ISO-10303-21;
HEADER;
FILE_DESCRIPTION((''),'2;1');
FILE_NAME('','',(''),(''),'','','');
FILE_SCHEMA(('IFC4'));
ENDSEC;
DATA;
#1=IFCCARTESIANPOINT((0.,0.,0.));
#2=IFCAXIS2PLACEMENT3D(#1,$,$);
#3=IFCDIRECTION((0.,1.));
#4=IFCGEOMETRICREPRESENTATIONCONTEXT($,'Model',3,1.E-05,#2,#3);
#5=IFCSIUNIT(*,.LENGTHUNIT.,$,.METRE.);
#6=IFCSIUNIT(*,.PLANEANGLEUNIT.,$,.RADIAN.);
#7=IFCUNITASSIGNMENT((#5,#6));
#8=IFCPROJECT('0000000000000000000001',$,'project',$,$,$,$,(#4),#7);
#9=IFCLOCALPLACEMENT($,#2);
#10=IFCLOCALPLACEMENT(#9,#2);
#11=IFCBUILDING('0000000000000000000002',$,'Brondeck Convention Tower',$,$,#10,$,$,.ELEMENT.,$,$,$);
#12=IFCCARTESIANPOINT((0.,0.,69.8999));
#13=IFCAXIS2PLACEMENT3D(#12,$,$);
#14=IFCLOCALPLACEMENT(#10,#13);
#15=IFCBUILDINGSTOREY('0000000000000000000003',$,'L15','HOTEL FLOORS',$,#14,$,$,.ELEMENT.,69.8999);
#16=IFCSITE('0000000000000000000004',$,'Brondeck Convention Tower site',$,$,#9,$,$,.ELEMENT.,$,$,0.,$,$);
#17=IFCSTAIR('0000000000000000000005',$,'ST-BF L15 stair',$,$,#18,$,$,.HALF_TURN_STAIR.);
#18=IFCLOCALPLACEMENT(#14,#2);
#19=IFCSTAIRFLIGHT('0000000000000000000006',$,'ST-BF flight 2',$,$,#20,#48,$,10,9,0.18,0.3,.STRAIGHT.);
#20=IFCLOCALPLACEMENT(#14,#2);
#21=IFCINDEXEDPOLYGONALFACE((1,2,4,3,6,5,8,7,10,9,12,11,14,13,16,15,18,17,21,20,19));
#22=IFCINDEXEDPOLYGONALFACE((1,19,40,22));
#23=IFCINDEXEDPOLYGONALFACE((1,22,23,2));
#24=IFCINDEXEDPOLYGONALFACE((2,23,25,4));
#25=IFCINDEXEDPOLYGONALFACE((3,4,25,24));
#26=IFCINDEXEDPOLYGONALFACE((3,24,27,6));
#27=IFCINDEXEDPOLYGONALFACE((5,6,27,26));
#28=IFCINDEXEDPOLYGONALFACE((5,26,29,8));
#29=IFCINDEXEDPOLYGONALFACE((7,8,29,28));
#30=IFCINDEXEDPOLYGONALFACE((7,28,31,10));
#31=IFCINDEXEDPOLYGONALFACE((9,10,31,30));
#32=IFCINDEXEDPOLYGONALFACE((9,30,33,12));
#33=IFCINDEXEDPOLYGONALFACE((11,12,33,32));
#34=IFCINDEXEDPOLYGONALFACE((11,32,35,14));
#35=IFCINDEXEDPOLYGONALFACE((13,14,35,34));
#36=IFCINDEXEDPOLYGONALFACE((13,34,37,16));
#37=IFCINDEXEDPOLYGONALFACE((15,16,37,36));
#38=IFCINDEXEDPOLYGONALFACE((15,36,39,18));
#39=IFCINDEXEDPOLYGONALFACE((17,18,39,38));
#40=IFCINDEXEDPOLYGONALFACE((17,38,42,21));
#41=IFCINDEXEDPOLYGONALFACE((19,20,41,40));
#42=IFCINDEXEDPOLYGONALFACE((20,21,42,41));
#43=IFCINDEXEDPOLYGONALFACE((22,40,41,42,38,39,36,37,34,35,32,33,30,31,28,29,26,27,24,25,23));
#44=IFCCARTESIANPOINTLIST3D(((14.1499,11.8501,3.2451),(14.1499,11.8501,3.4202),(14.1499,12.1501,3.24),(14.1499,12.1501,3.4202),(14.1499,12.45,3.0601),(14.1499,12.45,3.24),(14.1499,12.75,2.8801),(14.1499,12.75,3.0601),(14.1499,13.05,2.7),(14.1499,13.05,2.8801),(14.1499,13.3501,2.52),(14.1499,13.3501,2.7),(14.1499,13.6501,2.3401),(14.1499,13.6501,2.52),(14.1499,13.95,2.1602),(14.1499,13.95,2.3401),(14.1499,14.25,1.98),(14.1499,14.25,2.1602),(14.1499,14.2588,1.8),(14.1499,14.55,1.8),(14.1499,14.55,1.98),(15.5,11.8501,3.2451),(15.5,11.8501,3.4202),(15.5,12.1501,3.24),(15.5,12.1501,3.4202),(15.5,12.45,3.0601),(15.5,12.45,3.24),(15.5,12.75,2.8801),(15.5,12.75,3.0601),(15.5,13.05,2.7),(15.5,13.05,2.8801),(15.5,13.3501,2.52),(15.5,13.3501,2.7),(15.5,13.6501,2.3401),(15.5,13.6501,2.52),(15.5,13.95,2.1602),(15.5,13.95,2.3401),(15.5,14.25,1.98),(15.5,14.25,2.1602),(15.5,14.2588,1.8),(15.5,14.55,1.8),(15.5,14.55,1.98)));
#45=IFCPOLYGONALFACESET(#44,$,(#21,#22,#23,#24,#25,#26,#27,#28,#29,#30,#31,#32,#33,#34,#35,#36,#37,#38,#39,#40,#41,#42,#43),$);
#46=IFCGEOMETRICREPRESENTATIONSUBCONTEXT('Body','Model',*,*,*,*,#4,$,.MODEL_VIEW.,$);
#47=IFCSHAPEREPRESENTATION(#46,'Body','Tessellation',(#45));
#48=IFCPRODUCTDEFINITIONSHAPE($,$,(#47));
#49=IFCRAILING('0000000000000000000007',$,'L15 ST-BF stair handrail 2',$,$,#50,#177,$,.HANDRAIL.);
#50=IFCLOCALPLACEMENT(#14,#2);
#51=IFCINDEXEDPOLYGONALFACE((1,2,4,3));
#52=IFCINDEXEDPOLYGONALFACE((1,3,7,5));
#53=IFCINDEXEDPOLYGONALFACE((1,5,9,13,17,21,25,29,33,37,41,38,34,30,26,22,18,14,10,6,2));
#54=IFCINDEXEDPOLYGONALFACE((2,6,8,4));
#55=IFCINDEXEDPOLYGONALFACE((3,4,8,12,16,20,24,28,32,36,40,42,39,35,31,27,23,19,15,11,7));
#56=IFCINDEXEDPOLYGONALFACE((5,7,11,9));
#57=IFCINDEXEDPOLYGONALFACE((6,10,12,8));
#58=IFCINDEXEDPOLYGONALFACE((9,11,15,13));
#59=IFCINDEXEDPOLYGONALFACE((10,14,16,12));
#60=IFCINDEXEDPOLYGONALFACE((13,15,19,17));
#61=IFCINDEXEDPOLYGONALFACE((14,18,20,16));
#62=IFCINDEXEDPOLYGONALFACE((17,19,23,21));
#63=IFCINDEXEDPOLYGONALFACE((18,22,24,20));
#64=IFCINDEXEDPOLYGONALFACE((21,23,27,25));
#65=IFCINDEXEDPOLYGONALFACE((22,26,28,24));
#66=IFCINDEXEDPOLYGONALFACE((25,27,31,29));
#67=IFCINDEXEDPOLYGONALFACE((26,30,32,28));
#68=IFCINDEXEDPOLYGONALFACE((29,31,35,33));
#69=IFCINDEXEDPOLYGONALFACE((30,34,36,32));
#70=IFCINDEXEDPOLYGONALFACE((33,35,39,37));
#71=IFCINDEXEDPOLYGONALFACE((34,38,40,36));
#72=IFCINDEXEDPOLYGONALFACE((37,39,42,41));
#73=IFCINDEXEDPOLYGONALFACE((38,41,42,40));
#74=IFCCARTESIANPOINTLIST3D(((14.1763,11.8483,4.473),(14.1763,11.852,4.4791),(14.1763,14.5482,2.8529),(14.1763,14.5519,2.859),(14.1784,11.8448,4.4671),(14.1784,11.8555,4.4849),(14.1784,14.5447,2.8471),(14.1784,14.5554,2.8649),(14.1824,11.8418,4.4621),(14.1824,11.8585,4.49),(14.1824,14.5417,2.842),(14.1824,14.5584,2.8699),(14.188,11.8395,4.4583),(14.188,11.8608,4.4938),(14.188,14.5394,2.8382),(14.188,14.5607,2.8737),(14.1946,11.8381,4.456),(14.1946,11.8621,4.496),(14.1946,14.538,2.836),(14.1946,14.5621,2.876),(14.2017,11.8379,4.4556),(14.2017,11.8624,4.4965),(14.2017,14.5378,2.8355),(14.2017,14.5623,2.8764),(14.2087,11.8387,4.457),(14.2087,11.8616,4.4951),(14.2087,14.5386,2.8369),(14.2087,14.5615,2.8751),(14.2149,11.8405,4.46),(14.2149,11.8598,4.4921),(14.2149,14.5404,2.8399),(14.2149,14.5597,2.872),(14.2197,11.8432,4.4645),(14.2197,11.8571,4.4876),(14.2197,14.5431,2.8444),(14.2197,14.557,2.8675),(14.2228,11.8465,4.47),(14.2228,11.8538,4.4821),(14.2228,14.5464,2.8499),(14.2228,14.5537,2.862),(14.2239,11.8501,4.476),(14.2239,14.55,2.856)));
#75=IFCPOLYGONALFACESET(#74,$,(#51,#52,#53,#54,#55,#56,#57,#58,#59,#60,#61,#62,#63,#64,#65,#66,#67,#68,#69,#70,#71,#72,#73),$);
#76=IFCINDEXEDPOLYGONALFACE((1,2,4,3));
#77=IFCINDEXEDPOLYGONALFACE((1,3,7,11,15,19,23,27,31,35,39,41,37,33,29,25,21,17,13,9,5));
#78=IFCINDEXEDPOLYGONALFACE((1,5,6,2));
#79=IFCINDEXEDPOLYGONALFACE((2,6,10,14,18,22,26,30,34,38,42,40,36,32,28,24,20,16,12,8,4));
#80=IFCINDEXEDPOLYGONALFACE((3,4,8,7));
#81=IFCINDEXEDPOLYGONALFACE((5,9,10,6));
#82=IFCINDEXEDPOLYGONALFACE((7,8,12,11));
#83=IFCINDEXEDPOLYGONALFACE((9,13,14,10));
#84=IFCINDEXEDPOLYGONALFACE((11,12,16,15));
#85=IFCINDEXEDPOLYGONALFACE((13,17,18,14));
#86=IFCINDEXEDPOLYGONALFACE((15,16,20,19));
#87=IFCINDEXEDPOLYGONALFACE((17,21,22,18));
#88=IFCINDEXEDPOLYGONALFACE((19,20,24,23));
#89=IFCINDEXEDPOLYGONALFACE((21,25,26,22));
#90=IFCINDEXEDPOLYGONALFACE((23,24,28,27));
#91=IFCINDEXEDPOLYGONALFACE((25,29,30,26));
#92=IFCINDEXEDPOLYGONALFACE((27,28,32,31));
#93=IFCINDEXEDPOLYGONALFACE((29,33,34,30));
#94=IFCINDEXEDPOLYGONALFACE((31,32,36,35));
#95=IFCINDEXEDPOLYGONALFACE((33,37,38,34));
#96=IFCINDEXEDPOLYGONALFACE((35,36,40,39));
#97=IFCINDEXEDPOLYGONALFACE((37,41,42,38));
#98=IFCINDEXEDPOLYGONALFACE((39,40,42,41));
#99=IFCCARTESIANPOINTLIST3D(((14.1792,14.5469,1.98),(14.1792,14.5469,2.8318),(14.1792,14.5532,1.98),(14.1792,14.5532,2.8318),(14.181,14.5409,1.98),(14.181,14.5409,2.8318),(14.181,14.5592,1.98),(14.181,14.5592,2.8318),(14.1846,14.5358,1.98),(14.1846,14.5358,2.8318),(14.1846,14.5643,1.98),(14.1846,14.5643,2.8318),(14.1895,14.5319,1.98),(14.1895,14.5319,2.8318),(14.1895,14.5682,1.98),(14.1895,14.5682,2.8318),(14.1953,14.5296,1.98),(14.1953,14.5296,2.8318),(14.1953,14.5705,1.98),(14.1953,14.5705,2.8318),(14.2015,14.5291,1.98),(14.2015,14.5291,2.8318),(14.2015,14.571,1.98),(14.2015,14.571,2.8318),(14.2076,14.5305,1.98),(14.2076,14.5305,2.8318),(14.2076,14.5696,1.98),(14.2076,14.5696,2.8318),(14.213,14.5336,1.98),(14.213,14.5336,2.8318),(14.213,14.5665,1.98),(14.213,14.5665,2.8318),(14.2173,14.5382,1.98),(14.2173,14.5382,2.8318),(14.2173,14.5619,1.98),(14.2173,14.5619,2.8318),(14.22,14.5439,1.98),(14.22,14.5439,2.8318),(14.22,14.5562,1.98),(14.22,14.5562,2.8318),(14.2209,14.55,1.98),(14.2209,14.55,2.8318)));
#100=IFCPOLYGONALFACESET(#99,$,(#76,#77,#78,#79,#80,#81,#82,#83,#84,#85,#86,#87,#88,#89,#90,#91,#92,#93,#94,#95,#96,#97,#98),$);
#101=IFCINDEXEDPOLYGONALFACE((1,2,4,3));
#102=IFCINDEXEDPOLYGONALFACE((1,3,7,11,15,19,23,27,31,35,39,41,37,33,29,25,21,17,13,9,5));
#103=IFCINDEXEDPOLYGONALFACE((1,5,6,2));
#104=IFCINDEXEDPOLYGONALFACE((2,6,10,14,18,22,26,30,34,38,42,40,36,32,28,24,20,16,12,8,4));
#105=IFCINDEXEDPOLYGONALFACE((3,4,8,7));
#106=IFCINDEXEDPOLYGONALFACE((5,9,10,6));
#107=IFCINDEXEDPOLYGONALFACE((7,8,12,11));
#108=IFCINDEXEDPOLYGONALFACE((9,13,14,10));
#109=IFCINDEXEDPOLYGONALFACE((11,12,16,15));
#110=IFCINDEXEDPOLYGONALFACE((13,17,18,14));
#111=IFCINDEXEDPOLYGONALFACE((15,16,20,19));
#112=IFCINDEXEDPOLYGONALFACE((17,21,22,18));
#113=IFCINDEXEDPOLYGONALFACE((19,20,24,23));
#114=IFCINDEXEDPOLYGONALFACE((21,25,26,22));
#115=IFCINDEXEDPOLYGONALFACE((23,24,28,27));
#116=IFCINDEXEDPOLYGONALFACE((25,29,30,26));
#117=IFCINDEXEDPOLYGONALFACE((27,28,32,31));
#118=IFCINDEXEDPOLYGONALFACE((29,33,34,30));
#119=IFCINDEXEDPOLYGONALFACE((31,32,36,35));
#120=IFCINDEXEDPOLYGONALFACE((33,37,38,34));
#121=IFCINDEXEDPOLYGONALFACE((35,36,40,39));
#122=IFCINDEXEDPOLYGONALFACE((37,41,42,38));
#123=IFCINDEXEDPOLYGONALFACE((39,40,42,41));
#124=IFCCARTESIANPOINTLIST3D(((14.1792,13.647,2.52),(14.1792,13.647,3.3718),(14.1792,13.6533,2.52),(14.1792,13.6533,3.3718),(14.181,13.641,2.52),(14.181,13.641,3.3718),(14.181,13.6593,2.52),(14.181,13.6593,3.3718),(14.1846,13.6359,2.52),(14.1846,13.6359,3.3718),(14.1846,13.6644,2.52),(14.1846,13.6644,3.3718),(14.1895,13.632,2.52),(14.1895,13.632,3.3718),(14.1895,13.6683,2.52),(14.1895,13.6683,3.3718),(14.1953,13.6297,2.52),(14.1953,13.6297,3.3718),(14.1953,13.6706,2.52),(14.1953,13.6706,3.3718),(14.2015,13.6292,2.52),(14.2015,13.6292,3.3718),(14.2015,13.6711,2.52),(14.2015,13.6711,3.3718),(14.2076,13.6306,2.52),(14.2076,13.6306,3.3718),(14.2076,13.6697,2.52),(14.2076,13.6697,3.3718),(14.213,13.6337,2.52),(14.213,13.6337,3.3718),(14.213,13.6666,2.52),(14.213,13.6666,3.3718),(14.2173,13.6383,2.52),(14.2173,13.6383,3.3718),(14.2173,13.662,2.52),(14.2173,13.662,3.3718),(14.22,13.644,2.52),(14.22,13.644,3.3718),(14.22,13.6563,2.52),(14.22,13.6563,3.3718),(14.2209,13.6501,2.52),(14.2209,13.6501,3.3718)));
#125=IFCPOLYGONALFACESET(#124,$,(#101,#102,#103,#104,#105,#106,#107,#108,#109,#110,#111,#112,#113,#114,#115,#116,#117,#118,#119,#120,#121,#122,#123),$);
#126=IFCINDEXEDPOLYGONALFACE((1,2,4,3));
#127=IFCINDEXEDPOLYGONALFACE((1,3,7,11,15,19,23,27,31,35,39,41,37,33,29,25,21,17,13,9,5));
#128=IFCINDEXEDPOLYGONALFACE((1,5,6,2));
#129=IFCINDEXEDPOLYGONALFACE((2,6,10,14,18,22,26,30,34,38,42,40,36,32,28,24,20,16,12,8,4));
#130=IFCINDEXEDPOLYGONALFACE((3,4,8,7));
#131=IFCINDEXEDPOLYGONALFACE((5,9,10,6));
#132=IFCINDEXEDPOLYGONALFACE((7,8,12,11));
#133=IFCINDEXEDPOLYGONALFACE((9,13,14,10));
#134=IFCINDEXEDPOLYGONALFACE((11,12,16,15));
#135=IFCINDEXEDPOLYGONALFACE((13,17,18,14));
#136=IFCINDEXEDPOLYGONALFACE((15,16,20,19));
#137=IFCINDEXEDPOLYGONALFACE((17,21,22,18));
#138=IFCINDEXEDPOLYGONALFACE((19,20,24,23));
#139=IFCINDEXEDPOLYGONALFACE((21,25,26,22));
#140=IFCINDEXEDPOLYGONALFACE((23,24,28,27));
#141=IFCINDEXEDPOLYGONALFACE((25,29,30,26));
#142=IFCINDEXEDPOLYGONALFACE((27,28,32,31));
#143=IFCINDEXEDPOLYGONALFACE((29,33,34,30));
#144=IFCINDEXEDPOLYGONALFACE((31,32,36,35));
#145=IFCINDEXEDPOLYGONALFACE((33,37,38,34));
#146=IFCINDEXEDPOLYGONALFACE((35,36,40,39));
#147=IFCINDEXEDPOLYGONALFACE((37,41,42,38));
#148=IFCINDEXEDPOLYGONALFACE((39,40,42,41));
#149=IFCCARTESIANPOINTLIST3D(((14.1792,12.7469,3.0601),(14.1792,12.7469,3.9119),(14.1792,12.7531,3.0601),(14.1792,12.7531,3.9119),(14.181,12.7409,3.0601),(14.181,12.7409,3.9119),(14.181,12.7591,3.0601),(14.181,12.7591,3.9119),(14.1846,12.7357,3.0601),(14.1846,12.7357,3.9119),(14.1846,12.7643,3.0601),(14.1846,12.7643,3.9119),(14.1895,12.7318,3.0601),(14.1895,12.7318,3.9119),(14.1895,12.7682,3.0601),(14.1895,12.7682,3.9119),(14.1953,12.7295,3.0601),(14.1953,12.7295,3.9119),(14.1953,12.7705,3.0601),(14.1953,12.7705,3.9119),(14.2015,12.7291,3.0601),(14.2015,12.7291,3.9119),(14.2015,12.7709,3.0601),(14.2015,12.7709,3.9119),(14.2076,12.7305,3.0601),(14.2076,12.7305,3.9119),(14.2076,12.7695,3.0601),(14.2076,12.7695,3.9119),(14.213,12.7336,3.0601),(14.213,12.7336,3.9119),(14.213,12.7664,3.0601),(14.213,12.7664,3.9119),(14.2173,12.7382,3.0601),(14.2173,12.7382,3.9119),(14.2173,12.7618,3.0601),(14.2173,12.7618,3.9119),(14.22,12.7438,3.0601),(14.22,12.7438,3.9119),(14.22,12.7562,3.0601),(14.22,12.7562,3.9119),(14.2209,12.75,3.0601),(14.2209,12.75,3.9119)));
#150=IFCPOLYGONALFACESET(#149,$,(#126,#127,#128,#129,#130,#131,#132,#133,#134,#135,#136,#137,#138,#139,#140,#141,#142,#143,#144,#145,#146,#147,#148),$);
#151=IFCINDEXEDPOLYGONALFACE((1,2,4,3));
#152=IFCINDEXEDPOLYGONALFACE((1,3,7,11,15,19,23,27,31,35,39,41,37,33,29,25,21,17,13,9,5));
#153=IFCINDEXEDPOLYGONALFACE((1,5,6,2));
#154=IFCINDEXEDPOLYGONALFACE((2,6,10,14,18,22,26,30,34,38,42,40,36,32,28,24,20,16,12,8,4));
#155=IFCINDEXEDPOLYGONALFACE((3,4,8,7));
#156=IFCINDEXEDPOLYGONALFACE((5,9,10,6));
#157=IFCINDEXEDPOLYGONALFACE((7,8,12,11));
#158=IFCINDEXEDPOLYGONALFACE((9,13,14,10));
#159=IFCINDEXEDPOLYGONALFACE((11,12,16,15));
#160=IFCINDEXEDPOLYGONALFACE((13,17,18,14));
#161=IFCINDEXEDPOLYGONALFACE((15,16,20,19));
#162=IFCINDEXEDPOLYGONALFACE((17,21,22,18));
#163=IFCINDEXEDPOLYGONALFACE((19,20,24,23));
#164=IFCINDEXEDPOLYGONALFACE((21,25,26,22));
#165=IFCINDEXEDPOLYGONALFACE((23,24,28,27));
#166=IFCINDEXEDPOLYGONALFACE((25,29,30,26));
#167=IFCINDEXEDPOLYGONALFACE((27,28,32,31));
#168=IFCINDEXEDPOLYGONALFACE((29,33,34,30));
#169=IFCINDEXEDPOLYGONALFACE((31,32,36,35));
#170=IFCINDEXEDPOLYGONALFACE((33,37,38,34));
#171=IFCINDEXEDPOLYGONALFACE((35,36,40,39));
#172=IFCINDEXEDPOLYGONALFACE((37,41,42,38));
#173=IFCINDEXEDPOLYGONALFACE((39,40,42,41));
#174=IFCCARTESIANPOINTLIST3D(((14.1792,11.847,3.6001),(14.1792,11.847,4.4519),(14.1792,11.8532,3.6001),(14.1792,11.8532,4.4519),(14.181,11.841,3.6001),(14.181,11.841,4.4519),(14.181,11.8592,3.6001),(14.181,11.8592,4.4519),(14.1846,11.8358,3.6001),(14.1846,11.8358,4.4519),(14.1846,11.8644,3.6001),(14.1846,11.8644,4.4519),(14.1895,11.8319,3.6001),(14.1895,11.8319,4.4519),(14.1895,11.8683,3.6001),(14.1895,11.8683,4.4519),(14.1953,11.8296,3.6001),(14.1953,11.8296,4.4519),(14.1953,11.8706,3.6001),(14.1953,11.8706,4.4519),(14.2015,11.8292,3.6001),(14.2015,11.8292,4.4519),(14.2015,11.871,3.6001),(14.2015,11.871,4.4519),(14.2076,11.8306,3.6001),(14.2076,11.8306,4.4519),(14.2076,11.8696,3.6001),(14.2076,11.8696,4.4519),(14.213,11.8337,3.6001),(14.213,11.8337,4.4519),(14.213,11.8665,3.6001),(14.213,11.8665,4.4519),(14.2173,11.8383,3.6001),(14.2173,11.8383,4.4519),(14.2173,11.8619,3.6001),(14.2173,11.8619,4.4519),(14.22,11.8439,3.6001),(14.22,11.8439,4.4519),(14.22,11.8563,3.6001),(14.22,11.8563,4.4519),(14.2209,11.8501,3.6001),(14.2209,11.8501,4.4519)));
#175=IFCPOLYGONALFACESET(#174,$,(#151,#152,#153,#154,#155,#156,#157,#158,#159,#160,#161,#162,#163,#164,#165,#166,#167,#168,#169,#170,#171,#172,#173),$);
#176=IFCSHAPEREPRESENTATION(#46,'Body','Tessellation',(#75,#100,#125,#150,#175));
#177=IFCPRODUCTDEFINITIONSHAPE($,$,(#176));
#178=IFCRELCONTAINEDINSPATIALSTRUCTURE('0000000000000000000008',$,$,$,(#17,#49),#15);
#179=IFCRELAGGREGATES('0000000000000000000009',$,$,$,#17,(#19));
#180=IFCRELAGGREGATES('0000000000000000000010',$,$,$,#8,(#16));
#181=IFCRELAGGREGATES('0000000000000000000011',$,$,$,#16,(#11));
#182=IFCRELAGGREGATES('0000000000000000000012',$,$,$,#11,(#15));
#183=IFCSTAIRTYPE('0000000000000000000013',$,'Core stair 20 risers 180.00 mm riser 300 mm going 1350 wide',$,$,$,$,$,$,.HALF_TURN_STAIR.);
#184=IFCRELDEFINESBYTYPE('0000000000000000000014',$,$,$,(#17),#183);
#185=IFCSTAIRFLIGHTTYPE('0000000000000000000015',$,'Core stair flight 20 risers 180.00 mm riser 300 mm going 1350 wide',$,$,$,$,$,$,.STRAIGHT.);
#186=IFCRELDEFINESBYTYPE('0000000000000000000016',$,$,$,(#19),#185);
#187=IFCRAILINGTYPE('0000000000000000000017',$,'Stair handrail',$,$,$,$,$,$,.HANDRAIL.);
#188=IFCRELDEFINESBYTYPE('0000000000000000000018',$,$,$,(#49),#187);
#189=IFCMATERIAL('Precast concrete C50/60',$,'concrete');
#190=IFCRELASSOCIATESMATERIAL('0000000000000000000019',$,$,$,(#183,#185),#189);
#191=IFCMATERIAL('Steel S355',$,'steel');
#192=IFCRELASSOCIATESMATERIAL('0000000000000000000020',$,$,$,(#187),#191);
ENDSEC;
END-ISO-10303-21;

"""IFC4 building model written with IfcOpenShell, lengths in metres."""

from ifc_helpers import new_model, si_unit, direction, frame, origin, origin_2d, place, context, subcontext, project, spatial, polyline, circle, outline, extrude, material, type_object, element, aggregate, save


model = new_model("IFC4")

# Units and contexts
model_context = context("Model", 3, precision=1e-05, world=origin(), true_north=direction((0.0, 1.0)))
body_context = subcontext(model_context, "Body", "Model", "MODEL_VIEW")
ifc_project = project(units=[si_unit("LENGTHUNIT", "METRE"), si_unit("PLANEANGLEUNIT", "RADIAN")], contexts=[model_context])

# Site, building, storey
site_placement = place(None, origin())
site = spatial("IfcSite", under=ifc_project, at=site_placement, Name="Brondeck Convention Tower site", CompositionType="ELEMENT", RefElevation=0.0)
building_placement = place(site_placement, origin())
building = spatial("IfcBuilding", under=site, at=building_placement, Name="Brondeck Convention Tower", CompositionType="ELEMENT")
storey_placement = place(building_placement, frame((0.0, 0.0, 69.8999)))
storey = spatial("IfcBuildingStorey", under=building, at=storey_placement, Name="L15", Description="HOTEL FLOORS", CompositionType="ELEMENT", Elevation=69.8999)

# Shared definitions
ifc_material_1 = material(Name="Steel S355", Category="steel")

# Stair, stair flight
ifc_material_2 = material(Name="Precast concrete C50/60", Category="concrete")
stair_type = type_object("IfcStairType", Name="Core stair 20 risers 180.00 mm riser 300 mm going 1350 wide", PredefinedType="HALF_TURN_STAIR", material=ifc_material_2)
stair_placement = place(storey_placement, origin())
stair = element("IfcStair", 1, at=stair_placement, inside=storey, type_object=stair_type, Name="ST-BF L15 stair", PredefinedType="HALF_TURN_STAIR")
stair_flight_type = type_object("IfcStairFlightType", Name="Core stair flight 20 risers 180.00 mm riser 300 mm going 1350 wide", PredefinedType="STRAIGHT", material=ifc_material_2)
stair_flight_placement = place(storey_placement, frame((14.825, 14.55, 1.8), z_axis=(0.0, 0.0, 1.0), x_axis=(0.0, -1.0, 0.0)))
stair_flight = element("IfcStairFlight", 2, at=stair_flight_placement, type_object=stair_flight_type, Name="ST-BF flight 2", NumberOfRisers=10, NumberOfTreads=9, PredefinedType="STRAIGHT", RiserHeight=0.18, TreadLength=0.3, context=body_context, shape_type="SweptSolid", body=[
    extrude(outline(polyline([(0.0, 0.0), (0.0, 0.1799), (0.3, 0.1799), (0.3, 0.3601), (0.6001, 0.3601), (0.6001, 0.54), (0.8999, 0.54), (0.8999, 0.72), (1.2, 0.72), (1.2, 0.8999), (1.5, 0.8999), (1.5, 1.0801), (1.8, 1.0801), (1.8, 1.26), (2.1001, 1.26), (2.1001, 1.4399), (2.3999, 1.4399), (2.3999, 1.6201), (2.7, 1.6201), (2.7, 1.8), (2.7, 1.4451), (0.2913, 0.0), (0.0, 0.0)])), frame((0.0, 0.675, 0.0), z_axis=(0.0, -1.0, 0.0), x_axis=(1.0, 0.0, 0.0)), (0.0, 0.0, 1.0), 1.3501),
])
aggregate(stair, [stair_flight])

# Railing
railing_type = type_object("IfcRailingType", Name="Stair handrail", PredefinedType="HANDRAIL", material=ifc_material_1)
railing_placement = place(storey_placement, frame((14.2, 14.55, 1.98)))
element("IfcRailing", 3, at=railing_placement, inside=storey, type_object=railing_type, Name="L15 ST-BF stair handrail 2", PredefinedType="HANDRAIL", context=body_context, shape_type="SweptSolid", body=[
    extrude(circle(Radius=0.0239, at=origin_2d()), frame((0.0, 0.0, 0.876), z_axis=(0.0, -0.857472, 0.51453), x_axis=(1.0, 0.0, 0.0)), (0.0, 0.0, 1.0), 3.1487),
    extrude(circle(Radius=0.021, at=origin_2d()), origin(), (0.0, 0.0, 1.0), 0.8518),
    extrude(circle(Radius=0.021, at=origin_2d()), frame((0.0, -0.8999, 0.54)), (0.0, 0.0, 1.0), 0.8518),
    extrude(circle(Radius=0.021, at=origin_2d()), frame((0.0, -1.8, 1.0801)), (0.0, 0.0, 1.0), 0.8518),
    extrude(circle(Radius=0.021, at=origin_2d()), frame((0.0, -2.7, 1.6201)), (0.0, 0.0, 1.0), 0.8518),
])

save(model, "model.ifc")
